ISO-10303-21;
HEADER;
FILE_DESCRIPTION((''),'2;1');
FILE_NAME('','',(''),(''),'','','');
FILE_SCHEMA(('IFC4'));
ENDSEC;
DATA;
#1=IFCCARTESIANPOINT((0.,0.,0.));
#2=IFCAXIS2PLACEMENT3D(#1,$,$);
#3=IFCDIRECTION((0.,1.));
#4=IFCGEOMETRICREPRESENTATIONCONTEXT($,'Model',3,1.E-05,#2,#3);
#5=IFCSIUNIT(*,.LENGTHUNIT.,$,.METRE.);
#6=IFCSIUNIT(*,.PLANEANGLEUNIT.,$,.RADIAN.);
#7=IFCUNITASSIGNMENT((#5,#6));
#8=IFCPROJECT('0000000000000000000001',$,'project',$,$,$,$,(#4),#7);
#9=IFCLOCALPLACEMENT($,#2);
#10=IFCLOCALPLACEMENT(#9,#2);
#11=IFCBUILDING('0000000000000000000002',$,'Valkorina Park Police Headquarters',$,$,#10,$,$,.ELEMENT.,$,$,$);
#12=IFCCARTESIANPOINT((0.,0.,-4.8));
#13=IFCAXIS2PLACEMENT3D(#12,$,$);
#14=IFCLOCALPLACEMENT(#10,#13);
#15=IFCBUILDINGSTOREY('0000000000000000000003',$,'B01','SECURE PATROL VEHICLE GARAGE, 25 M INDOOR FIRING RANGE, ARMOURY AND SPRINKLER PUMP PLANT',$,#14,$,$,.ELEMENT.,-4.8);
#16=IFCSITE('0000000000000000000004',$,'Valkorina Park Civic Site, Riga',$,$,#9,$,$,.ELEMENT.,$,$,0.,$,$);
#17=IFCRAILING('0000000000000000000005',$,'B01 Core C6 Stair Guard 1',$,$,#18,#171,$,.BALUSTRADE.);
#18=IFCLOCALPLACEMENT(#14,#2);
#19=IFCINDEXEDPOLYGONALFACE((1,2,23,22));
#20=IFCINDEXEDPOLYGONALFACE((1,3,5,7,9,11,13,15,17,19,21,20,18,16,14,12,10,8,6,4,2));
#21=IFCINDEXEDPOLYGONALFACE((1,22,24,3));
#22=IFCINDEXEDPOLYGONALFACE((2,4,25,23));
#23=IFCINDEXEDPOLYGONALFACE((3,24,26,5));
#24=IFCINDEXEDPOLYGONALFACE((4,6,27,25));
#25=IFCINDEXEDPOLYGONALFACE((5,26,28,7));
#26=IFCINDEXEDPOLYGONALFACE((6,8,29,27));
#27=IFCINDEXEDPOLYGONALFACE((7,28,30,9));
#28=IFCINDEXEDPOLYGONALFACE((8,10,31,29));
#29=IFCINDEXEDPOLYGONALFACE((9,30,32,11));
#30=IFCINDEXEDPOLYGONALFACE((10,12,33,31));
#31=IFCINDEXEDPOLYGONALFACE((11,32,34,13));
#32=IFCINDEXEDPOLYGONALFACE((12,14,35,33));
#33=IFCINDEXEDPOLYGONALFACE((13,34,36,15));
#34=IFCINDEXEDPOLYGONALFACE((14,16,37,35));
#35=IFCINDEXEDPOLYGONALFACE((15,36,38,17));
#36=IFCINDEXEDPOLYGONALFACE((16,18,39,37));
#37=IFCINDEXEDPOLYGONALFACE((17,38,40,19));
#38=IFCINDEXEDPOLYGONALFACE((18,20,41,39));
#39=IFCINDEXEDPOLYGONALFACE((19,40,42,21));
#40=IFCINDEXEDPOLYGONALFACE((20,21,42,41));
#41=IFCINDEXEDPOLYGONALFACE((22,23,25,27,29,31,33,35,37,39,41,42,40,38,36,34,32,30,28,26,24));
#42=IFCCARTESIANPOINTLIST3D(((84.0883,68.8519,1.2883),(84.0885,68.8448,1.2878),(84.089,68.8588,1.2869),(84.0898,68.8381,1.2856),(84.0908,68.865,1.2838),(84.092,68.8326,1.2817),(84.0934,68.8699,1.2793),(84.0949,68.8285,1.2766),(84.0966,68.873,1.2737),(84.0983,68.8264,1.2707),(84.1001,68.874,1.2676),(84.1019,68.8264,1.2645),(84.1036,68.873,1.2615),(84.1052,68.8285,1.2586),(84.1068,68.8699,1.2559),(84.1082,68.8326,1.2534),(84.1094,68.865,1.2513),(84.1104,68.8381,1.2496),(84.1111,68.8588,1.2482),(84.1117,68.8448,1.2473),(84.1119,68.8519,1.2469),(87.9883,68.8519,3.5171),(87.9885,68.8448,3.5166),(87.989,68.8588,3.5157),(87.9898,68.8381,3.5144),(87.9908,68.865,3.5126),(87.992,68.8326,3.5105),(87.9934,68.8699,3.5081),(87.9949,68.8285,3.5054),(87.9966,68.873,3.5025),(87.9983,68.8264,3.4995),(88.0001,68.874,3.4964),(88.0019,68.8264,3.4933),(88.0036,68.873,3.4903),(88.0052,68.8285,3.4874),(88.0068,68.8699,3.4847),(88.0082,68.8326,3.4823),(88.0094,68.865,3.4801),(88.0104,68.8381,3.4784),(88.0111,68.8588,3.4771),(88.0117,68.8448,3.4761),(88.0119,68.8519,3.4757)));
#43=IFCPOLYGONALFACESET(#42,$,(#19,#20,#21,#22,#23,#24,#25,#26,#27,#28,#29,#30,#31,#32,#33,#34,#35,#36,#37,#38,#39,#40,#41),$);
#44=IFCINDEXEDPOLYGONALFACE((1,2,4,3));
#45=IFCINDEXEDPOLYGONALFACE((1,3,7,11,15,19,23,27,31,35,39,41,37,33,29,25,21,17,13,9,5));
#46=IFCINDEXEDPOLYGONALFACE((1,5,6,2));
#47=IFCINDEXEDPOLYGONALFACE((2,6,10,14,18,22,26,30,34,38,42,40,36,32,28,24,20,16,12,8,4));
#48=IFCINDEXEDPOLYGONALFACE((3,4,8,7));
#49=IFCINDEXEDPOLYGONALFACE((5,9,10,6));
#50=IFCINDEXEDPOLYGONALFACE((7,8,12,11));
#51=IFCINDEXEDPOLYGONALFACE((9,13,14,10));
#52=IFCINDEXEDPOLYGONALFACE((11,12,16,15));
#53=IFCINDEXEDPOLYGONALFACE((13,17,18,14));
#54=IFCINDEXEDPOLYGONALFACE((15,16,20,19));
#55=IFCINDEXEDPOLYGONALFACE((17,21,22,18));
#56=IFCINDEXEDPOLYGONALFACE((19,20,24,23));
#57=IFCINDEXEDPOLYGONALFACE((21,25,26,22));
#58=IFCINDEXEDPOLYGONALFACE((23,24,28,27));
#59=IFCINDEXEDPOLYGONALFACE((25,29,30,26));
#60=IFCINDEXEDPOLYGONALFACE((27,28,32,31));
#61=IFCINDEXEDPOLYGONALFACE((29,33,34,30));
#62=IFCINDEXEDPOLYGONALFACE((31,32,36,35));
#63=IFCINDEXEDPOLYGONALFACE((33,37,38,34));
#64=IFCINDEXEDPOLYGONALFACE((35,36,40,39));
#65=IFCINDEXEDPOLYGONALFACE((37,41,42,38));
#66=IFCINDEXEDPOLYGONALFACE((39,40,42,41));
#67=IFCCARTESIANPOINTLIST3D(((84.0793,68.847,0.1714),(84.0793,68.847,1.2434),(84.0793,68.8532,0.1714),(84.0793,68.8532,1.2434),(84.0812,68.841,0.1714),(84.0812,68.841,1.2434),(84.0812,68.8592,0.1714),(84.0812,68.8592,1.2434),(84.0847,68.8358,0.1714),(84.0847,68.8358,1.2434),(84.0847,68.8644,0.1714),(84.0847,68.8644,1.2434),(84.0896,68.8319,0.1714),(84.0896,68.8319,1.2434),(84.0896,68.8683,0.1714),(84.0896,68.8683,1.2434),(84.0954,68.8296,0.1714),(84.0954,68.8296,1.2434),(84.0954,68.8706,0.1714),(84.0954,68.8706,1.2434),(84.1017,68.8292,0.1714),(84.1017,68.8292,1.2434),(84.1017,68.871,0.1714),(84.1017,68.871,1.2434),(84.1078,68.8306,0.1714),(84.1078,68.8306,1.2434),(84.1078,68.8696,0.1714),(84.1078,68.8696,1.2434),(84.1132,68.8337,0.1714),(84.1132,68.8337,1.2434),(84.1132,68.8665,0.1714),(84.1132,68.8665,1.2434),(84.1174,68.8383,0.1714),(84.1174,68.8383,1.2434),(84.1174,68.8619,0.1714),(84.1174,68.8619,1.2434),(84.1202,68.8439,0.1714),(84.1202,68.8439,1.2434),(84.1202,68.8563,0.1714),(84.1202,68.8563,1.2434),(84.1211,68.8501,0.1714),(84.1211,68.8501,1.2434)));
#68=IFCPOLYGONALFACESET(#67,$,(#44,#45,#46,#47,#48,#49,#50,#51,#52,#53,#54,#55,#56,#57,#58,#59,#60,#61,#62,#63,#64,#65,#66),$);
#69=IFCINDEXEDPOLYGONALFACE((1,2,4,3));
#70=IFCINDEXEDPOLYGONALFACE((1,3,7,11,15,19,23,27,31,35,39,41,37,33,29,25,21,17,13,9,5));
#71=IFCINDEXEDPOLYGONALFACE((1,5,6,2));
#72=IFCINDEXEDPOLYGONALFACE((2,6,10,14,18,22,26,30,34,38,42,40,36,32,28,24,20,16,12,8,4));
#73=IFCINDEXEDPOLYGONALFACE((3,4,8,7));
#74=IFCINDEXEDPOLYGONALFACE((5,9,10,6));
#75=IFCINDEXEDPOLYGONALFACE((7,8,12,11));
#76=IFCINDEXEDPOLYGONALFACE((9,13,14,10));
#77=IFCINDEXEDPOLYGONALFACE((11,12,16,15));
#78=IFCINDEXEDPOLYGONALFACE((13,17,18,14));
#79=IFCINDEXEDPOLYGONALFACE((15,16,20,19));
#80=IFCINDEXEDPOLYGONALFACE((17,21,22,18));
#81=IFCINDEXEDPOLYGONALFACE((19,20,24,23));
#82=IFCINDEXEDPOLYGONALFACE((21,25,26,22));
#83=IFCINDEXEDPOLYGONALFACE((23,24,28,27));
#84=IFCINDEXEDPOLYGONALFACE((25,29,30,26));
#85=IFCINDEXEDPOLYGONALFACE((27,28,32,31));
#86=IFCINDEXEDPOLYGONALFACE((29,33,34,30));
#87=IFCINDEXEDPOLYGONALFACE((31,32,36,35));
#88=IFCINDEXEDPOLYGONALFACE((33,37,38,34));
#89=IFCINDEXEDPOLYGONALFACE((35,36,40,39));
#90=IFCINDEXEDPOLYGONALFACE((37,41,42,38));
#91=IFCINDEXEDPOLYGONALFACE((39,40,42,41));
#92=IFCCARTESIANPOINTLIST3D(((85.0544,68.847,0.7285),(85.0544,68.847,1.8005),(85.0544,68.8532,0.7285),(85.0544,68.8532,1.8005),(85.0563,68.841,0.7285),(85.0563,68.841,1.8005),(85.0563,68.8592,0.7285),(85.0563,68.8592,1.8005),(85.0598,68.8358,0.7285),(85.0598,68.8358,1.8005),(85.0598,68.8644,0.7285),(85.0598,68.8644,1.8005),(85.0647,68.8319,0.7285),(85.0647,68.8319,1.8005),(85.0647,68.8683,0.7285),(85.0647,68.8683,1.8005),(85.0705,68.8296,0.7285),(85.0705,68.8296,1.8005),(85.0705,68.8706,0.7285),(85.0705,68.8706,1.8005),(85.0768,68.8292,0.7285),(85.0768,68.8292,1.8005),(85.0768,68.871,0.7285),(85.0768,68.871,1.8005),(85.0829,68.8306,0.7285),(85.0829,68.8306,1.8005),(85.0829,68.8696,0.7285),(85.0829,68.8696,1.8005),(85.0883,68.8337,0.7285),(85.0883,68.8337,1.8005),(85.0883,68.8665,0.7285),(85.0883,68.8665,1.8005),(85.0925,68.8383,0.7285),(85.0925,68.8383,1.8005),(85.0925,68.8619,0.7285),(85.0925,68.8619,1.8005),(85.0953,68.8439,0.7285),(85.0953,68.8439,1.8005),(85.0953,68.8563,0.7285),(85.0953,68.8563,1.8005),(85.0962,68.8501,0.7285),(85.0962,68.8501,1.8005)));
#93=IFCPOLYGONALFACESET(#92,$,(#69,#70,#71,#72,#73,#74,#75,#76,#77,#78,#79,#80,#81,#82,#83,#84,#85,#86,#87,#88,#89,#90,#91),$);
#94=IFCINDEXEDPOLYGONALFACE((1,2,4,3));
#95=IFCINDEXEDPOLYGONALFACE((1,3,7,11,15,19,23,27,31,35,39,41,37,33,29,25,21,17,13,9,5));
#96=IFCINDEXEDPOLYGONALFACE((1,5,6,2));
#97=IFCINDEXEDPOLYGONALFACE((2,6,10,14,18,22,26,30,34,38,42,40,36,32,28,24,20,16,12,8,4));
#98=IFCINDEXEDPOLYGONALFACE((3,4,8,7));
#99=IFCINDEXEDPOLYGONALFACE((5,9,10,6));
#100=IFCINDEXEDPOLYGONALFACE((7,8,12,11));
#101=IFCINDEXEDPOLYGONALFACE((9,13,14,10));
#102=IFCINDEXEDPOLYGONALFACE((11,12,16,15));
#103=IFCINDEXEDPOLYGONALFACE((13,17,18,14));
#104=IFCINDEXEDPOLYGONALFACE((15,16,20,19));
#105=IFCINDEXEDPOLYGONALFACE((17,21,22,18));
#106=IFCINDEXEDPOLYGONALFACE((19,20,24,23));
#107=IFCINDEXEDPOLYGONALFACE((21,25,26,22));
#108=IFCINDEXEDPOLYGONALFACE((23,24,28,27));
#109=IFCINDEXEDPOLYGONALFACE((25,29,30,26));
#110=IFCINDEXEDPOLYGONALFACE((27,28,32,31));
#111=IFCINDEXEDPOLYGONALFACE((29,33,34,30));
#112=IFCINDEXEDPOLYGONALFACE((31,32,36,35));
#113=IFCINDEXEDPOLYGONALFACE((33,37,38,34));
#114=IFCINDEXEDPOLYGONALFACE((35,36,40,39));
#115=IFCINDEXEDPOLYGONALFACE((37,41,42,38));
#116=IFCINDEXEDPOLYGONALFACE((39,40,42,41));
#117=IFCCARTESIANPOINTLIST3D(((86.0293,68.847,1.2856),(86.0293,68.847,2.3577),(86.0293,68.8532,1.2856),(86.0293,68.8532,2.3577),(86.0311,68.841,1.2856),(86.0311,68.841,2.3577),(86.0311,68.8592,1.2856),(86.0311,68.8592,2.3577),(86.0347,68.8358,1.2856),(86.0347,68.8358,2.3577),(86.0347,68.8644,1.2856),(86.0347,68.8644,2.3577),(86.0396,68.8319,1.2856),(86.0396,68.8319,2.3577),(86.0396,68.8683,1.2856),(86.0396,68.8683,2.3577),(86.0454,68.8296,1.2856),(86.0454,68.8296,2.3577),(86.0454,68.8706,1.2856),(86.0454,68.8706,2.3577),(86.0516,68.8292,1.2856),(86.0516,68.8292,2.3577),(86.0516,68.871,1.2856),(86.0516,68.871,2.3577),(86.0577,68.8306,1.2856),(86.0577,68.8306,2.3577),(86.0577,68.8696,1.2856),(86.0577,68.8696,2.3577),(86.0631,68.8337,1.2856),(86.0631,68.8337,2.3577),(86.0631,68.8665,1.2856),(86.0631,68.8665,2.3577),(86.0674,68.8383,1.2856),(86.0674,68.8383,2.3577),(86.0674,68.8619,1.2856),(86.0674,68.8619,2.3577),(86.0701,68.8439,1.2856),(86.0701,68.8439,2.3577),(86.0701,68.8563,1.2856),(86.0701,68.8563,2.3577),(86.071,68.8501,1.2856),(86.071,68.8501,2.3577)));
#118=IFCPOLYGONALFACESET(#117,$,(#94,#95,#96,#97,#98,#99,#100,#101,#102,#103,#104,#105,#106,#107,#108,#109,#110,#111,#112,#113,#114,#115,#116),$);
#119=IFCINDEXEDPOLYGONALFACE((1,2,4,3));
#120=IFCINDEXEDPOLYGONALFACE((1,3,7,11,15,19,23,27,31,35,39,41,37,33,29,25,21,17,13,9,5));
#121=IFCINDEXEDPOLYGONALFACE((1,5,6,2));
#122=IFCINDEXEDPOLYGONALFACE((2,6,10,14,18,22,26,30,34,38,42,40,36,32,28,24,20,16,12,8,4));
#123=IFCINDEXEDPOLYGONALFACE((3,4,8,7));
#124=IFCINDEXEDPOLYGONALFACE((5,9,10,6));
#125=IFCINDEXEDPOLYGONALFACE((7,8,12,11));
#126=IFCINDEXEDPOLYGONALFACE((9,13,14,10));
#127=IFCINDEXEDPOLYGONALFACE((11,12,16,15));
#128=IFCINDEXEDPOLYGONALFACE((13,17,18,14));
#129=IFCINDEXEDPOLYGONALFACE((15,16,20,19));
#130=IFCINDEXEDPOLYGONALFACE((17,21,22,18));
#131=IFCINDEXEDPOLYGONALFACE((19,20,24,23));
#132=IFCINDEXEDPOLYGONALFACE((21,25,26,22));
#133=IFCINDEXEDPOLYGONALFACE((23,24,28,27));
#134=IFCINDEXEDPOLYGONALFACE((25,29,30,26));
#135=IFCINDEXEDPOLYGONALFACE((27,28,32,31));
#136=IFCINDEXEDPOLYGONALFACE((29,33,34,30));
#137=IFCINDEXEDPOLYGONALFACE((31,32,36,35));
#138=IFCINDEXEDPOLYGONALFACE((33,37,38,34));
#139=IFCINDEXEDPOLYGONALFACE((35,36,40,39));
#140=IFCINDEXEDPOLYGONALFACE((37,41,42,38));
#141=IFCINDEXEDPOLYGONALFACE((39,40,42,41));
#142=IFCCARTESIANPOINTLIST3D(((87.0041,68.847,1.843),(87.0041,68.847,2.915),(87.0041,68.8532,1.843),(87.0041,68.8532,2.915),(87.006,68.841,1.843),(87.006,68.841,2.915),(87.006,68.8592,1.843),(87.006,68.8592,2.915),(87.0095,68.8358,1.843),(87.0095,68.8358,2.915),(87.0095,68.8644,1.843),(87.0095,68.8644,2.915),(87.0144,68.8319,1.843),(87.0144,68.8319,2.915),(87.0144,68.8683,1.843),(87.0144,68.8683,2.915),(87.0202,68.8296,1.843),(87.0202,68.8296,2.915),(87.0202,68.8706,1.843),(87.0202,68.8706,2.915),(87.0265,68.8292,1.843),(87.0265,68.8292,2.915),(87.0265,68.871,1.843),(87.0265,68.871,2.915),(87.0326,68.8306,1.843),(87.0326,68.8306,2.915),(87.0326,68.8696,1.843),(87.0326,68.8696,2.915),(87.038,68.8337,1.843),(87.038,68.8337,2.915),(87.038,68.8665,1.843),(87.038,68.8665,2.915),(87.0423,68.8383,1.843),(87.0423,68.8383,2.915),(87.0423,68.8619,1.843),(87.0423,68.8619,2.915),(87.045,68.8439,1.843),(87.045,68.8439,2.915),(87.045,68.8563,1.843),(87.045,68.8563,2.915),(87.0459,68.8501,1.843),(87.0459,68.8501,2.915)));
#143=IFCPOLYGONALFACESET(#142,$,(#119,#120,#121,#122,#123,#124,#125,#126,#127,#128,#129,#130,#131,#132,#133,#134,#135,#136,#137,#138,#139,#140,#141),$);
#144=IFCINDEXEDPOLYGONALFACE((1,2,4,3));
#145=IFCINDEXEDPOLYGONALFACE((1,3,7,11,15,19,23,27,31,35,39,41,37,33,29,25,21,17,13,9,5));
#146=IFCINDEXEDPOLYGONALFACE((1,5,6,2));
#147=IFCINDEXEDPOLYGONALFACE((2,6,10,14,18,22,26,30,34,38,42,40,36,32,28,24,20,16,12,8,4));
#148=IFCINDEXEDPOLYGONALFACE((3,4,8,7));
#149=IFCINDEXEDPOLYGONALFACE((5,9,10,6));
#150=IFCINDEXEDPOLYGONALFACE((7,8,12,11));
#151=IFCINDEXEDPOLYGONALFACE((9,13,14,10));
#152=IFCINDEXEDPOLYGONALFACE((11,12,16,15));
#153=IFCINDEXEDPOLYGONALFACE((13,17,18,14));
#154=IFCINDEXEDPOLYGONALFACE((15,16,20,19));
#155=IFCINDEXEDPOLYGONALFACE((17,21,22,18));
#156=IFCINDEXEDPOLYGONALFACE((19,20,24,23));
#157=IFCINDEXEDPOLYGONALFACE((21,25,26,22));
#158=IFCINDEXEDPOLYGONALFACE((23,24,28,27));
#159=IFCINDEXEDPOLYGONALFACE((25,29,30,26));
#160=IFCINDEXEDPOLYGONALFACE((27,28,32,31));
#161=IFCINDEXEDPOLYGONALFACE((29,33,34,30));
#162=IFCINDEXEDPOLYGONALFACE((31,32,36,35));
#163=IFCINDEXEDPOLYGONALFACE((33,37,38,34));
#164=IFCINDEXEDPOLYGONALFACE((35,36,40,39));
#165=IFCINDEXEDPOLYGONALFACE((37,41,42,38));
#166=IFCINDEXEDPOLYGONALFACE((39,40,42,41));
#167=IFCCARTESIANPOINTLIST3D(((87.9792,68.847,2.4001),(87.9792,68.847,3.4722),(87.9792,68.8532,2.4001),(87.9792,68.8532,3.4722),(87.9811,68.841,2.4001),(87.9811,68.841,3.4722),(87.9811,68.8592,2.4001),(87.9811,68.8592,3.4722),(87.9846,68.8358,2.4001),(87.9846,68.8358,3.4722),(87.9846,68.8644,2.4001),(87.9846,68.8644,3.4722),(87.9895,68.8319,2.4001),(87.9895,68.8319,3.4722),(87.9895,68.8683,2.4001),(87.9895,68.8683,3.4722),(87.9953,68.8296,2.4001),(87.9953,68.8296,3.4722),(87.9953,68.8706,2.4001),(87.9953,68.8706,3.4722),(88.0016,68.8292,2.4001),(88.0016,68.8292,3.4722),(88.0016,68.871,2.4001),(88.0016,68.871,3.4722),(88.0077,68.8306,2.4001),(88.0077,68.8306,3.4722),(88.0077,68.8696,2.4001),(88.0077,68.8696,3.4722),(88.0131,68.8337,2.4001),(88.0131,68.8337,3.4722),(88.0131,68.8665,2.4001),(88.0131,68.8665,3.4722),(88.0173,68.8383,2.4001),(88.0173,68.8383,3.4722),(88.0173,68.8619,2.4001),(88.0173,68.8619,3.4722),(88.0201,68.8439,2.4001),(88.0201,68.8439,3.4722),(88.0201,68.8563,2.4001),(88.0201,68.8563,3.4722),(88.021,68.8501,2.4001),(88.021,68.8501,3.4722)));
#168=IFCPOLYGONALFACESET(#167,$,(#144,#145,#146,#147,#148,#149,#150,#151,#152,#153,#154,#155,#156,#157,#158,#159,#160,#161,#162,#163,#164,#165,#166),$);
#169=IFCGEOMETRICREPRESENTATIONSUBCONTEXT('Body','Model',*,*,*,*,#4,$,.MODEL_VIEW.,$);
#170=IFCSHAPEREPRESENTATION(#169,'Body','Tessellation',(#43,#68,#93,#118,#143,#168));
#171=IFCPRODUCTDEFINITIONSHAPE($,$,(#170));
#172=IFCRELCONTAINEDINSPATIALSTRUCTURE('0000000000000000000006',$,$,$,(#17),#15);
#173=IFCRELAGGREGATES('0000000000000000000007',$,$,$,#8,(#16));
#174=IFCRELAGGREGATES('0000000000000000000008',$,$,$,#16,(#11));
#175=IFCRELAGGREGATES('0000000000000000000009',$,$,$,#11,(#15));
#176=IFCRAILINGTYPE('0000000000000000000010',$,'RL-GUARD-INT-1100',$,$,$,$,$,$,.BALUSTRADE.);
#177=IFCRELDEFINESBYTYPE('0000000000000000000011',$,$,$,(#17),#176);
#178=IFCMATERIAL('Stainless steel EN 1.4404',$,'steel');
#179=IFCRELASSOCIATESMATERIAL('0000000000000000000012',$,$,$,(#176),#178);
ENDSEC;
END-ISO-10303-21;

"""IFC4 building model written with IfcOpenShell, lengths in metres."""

from ifc_helpers import new_model, si_unit, direction, frame, origin, origin_2d, place, context, subcontext, project, spatial, circle, extrude, material, type_object, element, save


model = new_model("IFC4")

# Units and contexts
model_context = context("Model", 3, precision=1e-05, world=origin(), true_north=direction((0.0, 1.0)))
body_context = subcontext(model_context, "Body", "Model", "MODEL_VIEW")
ifc_project = project(units=[si_unit("LENGTHUNIT", "METRE"), si_unit("PLANEANGLEUNIT", "RADIAN")], contexts=[model_context])

# Site, building, storey
site_placement = place(None, origin())
site = spatial("IfcSite", under=ifc_project, at=site_placement, Name="Valkorina Park Civic Site, Riga", CompositionType="ELEMENT", RefElevation=0.0)
building_placement = place(site_placement, origin())
building = spatial("IfcBuilding", under=site, at=building_placement, Name="Valkorina Park Police Headquarters", CompositionType="ELEMENT")
storey_placement = place(building_placement, frame((0.0, 0.0, -4.8)))
storey = spatial("IfcBuildingStorey", under=building, at=storey_placement, Name="B01", Description="SECURE PATROL VEHICLE GARAGE, 25 M INDOOR FIRING RANGE, ARMOURY AND SPRINKLER PUMP PLANT", CompositionType="ELEMENT", Elevation=-4.8)

# Railing
ifc_material_1 = material(Name="Stainless steel EN 1.4404", Category="steel")
railing_type_1 = type_object("IfcRailingType", Name="RL-GUARD-INT-1100", PredefinedType="BALUSTRADE", material=ifc_material_1)
railing_1_placement = place(storey_placement, frame((84.1001, 68.8501, 0.1714)))
element("IfcRailing", 1, at=railing_1_placement, inside=storey, type_object=railing_type_1, Name="B01 Core C6 Stair Guard 1", PredefinedType="BALUSTRADE", context=body_context, shape_type="SweptSolid", body=[
    extrude(circle(Radius=0.0239, at=origin_2d()), frame((0.0, 0.0, 1.0962), z_axis=(0.86822, 0.0, 0.49618), x_axis=(0.0, 1.0, 0.0)), (0.0, 0.0, 1.0), 4.4919),
    extrude(circle(Radius=0.021, at=origin_2d()), origin(), (0.0, 0.0, 1.0), 1.072),
    extrude(circle(Radius=0.021, at=origin_2d()), frame((0.9751, 0.0, 0.5571)), (0.0, 0.0, 1.0), 1.072),
    extrude(circle(Radius=0.021, at=origin_2d()), frame((1.95, 0.0, 1.1143)), (0.0, 0.0, 1.0), 1.072),
    extrude(circle(Radius=0.021, at=origin_2d()), frame((2.9248, 0.0, 1.6716)), (0.0, 0.0, 1.0), 1.072),
    extrude(circle(Radius=0.021, at=origin_2d()), frame((3.8999, 0.0, 2.2288)), (0.0, 0.0, 1.0), 1.072),
])

save(model, "model.ifc")
